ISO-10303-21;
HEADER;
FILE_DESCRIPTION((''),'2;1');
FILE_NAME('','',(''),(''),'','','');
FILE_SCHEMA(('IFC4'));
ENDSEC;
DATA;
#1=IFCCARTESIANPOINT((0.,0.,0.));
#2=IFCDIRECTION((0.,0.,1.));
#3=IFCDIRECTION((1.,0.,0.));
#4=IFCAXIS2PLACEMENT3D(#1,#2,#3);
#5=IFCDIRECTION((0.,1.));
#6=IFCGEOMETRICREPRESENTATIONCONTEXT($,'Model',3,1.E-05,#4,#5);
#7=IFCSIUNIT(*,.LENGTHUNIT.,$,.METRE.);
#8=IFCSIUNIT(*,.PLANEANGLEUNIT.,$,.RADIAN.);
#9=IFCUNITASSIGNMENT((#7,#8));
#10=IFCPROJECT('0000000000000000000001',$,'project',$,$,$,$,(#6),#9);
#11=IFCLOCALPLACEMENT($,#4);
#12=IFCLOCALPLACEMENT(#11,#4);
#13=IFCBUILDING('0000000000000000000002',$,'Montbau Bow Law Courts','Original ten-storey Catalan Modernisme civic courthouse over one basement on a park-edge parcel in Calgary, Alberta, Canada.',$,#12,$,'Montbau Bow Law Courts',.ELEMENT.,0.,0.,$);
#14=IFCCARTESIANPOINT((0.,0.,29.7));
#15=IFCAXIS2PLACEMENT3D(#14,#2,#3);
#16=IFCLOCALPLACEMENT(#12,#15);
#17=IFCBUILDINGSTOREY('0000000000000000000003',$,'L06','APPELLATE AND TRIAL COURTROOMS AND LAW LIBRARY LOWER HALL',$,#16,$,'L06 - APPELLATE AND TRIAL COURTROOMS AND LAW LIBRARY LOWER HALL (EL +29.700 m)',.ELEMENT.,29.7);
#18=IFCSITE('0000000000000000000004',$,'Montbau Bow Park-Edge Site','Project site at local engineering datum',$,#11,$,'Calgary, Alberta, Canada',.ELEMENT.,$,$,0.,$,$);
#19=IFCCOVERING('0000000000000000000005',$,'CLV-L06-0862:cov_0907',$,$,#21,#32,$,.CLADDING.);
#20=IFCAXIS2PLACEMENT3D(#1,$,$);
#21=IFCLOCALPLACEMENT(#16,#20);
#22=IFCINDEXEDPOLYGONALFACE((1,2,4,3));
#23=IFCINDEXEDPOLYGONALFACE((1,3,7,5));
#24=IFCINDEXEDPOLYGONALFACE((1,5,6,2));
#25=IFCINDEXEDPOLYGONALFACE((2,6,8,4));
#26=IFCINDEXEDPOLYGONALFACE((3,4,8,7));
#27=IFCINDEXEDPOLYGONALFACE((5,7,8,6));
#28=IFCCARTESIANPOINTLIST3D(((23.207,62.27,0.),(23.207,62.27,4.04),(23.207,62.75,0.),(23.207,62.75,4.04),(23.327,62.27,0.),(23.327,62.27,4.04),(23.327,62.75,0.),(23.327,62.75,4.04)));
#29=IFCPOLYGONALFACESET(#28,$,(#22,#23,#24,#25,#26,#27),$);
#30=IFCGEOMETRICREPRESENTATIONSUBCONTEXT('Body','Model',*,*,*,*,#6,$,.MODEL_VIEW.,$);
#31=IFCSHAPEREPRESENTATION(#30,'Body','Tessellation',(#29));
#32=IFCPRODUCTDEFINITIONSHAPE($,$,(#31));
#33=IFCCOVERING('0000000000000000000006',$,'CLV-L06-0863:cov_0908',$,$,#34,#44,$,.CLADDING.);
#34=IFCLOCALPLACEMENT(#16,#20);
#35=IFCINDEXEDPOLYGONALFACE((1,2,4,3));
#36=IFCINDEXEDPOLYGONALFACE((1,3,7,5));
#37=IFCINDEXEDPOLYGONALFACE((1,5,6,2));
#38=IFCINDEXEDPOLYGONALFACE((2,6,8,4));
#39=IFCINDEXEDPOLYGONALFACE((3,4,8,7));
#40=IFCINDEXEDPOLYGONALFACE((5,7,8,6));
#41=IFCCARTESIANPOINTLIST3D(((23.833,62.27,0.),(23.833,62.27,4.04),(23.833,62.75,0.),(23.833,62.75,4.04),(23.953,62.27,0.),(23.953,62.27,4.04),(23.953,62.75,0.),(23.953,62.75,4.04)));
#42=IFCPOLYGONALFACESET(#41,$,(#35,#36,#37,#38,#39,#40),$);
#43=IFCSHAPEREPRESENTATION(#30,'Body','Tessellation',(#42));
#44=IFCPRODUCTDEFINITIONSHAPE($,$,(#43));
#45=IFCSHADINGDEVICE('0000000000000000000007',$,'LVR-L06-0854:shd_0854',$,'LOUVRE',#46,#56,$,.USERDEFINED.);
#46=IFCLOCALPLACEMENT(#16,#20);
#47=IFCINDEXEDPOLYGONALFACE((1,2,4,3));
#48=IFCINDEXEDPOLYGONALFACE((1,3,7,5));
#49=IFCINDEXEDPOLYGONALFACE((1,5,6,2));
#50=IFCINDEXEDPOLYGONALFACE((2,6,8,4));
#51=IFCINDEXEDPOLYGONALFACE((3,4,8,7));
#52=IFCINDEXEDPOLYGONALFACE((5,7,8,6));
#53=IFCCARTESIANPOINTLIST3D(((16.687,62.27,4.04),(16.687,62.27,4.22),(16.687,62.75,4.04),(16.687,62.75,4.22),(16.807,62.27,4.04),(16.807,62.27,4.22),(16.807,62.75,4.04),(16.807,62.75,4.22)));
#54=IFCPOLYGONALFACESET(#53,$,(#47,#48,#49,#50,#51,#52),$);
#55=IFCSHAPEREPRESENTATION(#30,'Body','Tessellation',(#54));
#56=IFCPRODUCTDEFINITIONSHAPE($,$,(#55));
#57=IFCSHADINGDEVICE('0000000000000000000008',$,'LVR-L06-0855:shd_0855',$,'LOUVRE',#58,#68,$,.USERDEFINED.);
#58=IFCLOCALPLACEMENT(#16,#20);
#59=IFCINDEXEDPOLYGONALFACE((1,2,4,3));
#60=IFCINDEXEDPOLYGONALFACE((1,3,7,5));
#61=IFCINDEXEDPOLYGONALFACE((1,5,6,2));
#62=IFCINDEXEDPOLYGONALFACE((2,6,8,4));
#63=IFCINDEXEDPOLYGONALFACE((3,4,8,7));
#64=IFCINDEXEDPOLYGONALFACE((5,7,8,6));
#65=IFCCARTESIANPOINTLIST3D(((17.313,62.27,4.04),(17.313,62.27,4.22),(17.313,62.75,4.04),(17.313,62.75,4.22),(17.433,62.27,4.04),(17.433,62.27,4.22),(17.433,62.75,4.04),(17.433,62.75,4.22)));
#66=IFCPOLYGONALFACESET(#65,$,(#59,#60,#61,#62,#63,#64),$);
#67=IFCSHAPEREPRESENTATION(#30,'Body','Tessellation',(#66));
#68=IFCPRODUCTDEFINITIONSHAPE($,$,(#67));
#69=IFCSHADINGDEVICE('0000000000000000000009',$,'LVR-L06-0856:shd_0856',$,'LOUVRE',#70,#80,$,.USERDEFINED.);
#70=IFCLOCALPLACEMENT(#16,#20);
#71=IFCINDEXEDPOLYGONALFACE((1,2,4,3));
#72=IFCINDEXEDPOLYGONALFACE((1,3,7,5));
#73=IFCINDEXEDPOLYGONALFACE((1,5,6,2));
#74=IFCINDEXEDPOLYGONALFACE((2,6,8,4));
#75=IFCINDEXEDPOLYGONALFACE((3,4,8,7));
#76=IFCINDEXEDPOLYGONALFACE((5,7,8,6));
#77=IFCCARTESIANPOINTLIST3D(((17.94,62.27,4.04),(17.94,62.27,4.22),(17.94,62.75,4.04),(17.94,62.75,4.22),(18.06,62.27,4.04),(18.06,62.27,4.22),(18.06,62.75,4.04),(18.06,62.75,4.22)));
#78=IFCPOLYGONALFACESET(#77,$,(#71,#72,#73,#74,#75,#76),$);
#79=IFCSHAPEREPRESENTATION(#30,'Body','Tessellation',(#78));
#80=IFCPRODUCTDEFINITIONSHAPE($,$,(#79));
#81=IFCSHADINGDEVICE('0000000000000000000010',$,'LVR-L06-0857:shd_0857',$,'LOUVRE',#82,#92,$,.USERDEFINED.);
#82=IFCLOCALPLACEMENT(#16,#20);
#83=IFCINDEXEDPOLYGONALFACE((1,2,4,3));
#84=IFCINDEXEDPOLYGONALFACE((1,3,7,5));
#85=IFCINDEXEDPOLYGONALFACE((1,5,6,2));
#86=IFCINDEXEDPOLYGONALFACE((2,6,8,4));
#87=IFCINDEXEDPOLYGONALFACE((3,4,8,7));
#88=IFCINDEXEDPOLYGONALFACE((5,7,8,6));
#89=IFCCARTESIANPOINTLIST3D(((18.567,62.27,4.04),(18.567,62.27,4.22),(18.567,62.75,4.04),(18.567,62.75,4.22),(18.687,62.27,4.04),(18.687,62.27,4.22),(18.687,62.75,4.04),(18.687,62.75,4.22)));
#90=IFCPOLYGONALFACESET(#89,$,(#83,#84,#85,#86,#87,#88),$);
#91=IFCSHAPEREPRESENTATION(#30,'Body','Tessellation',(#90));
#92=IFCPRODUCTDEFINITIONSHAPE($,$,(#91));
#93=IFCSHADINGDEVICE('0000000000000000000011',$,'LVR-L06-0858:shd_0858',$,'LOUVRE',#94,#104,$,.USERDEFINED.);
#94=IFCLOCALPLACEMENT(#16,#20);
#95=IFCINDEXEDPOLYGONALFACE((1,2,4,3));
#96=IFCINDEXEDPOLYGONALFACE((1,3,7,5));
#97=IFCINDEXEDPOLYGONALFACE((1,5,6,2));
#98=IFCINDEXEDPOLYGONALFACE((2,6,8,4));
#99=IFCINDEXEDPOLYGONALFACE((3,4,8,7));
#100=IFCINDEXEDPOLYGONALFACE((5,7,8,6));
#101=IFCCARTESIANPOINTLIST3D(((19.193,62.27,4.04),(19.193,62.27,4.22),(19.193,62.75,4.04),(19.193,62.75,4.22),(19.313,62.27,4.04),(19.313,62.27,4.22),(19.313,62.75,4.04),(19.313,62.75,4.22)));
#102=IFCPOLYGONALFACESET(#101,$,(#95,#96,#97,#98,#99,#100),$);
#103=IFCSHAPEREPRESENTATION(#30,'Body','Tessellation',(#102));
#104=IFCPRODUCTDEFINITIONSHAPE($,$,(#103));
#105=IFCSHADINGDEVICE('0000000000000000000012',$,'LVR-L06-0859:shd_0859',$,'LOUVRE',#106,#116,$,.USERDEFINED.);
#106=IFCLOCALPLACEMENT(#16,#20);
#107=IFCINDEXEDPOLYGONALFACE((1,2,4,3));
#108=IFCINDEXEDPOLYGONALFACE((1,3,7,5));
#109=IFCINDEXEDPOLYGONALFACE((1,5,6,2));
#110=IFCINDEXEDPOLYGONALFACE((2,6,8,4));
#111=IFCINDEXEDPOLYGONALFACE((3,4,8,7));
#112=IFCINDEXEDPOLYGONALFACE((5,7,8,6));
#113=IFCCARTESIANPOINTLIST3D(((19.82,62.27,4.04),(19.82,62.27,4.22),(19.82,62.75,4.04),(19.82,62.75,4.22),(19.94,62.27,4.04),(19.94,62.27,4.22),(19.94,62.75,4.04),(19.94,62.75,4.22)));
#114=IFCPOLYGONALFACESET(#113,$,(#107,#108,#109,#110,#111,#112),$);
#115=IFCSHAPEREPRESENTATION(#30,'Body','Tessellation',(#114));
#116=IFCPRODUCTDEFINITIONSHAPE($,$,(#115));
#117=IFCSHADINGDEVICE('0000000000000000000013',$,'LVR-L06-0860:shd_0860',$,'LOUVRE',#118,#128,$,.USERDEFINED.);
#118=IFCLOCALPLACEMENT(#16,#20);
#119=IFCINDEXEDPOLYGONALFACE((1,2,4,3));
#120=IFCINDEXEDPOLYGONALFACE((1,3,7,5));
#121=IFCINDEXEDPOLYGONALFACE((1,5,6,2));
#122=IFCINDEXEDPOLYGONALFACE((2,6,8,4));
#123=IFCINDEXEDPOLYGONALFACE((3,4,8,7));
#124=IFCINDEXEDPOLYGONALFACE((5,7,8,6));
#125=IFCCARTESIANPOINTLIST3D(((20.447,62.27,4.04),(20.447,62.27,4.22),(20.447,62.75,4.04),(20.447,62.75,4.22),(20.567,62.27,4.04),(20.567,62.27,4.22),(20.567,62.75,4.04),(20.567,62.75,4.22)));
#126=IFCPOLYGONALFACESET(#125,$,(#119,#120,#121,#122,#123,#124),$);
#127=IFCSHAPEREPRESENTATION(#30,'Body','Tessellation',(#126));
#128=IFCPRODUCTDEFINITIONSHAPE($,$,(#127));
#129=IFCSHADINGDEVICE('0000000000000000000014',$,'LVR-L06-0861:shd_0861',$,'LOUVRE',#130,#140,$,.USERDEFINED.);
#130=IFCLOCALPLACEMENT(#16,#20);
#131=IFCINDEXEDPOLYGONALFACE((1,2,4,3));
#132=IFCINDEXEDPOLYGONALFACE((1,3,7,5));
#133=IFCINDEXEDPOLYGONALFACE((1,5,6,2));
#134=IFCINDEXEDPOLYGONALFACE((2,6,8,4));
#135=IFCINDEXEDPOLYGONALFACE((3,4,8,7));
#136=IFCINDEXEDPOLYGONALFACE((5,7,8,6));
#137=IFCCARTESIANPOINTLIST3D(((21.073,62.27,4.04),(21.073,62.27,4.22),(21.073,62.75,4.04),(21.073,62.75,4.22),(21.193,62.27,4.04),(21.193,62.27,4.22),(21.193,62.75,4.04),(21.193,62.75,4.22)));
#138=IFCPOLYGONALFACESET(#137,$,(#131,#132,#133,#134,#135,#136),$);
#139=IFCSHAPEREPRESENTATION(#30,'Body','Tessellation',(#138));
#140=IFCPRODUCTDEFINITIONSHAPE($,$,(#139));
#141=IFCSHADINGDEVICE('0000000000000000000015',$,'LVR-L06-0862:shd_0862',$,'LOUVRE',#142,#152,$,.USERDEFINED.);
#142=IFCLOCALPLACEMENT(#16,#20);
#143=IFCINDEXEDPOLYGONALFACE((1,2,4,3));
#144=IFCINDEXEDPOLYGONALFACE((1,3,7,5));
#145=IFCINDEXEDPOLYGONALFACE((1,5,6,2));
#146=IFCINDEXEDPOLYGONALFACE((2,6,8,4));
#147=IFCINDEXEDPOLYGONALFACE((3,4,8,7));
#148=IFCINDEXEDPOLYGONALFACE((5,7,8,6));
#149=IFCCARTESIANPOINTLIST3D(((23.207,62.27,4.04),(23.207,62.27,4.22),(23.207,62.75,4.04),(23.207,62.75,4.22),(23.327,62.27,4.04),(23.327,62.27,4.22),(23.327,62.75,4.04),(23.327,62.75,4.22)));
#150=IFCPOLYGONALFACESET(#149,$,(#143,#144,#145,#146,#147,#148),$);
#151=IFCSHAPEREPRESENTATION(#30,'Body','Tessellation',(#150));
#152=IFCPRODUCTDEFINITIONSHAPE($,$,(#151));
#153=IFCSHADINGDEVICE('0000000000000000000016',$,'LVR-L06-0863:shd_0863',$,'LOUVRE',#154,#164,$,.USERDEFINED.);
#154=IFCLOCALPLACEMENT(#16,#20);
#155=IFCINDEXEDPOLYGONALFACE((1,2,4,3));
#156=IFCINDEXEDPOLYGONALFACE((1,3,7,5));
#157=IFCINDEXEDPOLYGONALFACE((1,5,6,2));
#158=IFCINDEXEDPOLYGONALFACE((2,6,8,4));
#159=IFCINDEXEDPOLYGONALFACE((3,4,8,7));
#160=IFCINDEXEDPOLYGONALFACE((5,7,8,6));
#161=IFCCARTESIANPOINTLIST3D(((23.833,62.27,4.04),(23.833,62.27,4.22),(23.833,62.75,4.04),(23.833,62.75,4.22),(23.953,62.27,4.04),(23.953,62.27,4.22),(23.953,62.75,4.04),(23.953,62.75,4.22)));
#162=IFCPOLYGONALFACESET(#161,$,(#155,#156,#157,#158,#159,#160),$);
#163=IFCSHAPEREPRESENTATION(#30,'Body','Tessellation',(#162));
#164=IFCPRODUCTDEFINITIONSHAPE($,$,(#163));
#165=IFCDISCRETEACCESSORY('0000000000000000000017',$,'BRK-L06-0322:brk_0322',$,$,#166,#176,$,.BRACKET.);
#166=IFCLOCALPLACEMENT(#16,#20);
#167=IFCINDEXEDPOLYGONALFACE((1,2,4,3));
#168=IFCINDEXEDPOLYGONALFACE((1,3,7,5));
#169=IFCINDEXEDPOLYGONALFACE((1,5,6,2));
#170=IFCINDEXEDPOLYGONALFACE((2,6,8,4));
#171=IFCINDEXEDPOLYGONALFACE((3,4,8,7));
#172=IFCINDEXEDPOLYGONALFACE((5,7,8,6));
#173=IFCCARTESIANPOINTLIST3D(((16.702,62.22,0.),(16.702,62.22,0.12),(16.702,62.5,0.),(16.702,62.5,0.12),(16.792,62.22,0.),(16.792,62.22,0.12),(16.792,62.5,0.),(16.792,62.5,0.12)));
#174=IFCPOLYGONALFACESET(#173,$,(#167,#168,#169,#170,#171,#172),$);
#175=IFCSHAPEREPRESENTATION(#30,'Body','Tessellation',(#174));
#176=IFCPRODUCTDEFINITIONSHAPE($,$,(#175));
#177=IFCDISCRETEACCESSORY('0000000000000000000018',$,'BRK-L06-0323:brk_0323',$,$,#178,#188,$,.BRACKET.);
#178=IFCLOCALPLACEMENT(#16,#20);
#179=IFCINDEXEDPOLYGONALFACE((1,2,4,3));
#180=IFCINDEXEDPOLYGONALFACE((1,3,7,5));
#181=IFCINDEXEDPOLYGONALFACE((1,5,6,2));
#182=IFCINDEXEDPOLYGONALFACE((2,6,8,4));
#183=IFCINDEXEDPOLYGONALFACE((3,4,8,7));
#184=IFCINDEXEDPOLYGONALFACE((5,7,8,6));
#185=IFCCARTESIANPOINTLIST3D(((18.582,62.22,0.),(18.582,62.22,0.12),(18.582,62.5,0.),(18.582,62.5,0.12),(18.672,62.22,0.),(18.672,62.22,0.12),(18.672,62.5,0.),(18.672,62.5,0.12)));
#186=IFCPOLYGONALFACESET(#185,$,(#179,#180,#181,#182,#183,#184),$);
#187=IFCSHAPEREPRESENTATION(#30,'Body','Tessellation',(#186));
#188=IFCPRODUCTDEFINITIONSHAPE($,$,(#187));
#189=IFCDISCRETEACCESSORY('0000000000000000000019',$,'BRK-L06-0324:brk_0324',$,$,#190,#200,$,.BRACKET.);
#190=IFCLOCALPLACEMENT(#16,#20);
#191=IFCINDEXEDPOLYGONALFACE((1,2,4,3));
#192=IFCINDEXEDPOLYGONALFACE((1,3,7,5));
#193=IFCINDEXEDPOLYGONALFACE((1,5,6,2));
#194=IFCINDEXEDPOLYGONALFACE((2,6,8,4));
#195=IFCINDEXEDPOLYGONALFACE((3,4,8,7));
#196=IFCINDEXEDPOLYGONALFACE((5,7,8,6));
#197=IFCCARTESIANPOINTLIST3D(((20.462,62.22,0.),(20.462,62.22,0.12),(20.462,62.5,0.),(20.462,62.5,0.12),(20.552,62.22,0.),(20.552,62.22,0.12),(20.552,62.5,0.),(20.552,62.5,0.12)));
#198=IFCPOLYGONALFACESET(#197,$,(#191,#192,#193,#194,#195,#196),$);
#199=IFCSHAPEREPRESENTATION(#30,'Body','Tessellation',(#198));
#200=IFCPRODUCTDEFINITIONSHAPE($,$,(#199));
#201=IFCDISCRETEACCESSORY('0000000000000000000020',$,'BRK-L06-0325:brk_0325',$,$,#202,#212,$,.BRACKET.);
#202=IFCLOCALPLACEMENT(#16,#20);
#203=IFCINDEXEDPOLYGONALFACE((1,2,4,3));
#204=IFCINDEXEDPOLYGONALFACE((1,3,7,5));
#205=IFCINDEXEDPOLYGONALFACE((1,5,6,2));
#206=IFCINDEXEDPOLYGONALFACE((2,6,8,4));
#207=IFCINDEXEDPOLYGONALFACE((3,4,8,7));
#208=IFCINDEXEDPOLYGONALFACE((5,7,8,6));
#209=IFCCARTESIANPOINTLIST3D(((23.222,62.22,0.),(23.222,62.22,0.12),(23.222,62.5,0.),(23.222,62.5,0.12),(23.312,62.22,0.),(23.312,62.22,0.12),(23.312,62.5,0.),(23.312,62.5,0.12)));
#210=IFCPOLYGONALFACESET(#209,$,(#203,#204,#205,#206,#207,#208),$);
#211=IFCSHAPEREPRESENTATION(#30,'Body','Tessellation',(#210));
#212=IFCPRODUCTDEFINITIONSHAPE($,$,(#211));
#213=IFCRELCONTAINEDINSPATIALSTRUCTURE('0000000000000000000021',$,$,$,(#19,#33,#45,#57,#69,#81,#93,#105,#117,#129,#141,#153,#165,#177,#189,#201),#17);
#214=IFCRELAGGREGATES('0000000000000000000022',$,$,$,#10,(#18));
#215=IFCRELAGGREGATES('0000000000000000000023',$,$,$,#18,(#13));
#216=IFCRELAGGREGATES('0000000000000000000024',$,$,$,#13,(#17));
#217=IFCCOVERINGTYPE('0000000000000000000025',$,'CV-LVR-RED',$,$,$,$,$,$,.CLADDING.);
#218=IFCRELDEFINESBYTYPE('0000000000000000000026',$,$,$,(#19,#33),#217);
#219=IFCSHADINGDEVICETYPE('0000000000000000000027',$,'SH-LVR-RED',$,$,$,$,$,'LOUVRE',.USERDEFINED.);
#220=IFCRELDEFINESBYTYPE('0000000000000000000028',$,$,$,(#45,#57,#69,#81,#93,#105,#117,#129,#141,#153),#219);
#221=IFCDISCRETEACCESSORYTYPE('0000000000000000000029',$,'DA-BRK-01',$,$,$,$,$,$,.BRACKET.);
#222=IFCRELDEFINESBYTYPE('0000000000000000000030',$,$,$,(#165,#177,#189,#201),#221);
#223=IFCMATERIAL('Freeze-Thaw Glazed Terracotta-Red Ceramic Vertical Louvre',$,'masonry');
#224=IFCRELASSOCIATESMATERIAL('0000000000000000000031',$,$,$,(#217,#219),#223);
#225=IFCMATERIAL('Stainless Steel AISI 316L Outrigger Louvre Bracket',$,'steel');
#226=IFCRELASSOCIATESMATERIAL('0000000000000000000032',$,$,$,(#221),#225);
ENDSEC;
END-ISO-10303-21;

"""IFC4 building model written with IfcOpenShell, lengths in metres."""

from ifc_helpers import new_model, si_unit, direction, frame, frame_2d, origin_with_axes, origin_2d_with_axis, place, context, subcontext, project, spatial, rectangle, extrude, material, type_object, element, save


model = new_model("IFC4")

# Units and contexts
model_context = context("Model", 3, precision=1e-05, world=origin_with_axes(), true_north=direction((0.0, 1.0)))
body_context = subcontext(model_context, "Body", "Model", "MODEL_VIEW")
ifc_project = project(units=[si_unit("LENGTHUNIT", "METRE"), si_unit("PLANEANGLEUNIT", "RADIAN")], contexts=[model_context])

# Site, building, storey
site_placement = place(None, origin_with_axes())
site = spatial("IfcSite", under=ifc_project, at=site_placement, Name="Montbau Bow Park-Edge Site", Description="Project site at local engineering datum", LongName="Calgary, Alberta, Canada", CompositionType="ELEMENT", RefElevation=0.0)
building_placement = place(site_placement, origin_with_axes())
building = spatial("IfcBuilding", under=site, at=building_placement, Name="Montbau Bow Law Courts", Description="Original ten-storey Catalan Modernisme civic courthouse over one basement on a park-edge parcel in Calgary, Alberta, Canada.", LongName="Montbau Bow Law Courts", CompositionType="ELEMENT", ElevationOfRefHeight=0.0, ElevationOfTerrain=0.0)
storey_placement = place(building_placement, frame((0.0, 0.0, 29.7), z_axis=(0.0, 0.0, 1.0), x_axis=(1.0, 0.0, 0.0)))
storey = spatial("IfcBuildingStorey", under=building, at=storey_placement, Name="L06", Description="APPELLATE AND TRIAL COURTROOMS AND LAW LIBRARY LOWER HALL", LongName="L06 - APPELLATE AND TRIAL COURTROOMS AND LAW LIBRARY LOWER HALL (EL +29.700 m)", CompositionType="ELEMENT", Elevation=29.7)

# Coverings
ifc_material_1 = material(Name="Freeze-Thaw Glazed Terracotta-Red Ceramic Vertical Louvre", Category="masonry")
covering_type = type_object("IfcCoveringType", Name="CV-LVR-RED", PredefinedType="CLADDING", material=ifc_material_1)
for number, where, z_axis, x_axis, name in (
    (1, (23.267, 62.27, 29.7), (1.0, 0.0, 0.0), (0.0, 1.0, 0.0), "CLV-L06-0862:cov_0907"),
    (2, (23.893, 62.27, 29.7), (1.0, 0.0, 0.0), (0.0, 1.0, 0.0), "CLV-L06-0863:cov_0908"),
):
    element("IfcCovering", number, at=place(None, frame(where, z_axis=z_axis, x_axis=x_axis)), inside=storey, type_object=covering_type, Name=name, PredefinedType="CLADDING", context=body_context, shape_type="SweptSolid", body=[
        extrude(rectangle(XDim=0.48, YDim=4.04, at=frame_2d((0.24, 2.02), x_axis=(1.0, 0.0))), frame((0.0, 0.0, -0.06), z_axis=(0.0, 0.0, 1.0), x_axis=(1.0, 0.0, 0.0)), (0.0, 0.0, 1.0), 0.12),
    ])

# Shading devices
shading_device_type = type_object("IfcShadingDeviceType", Name="SH-LVR-RED", ElementType="LOUVRE", PredefinedType="USERDEFINED", material=ifc_material_1)
for number, where, z_axis, x_axis, name in (
    (3, (16.747, 62.51, 33.74), (0.0, 0.0, 1.0), (0.0, 1.0, 0.0), "LVR-L06-0854:shd_0854"),
    (4, (17.373, 62.51, 33.74), (0.0, 0.0, 1.0), (0.0, 1.0, 0.0), "LVR-L06-0855:shd_0855"),
    (5, (18.0, 62.51, 33.74), (0.0, 0.0, 1.0), (0.0, 1.0, 0.0), "LVR-L06-0856:shd_0856"),
    (6, (18.627, 62.51, 33.74), (0.0, 0.0, 1.0), (0.0, 1.0, 0.0), "LVR-L06-0857:shd_0857"),
    (7, (19.253, 62.51, 33.74), (0.0, 0.0, 1.0), (0.0, 1.0, 0.0), "LVR-L06-0858:shd_0858"),
    (8, (19.88, 62.51, 33.74), (0.0, 0.0, 1.0), (0.0, 1.0, 0.0), "LVR-L06-0859:shd_0859"),
    (9, (20.507, 62.51, 33.74), (0.0, 0.0, 1.0), (0.0, 1.0, 0.0), "LVR-L06-0860:shd_0860"),
    (10, (21.133, 62.51, 33.74), (0.0, 0.0, 1.0), (0.0, 1.0, 0.0), "LVR-L06-0861:shd_0861"),
    (11, (23.267, 62.51, 33.74), (0.0, 0.0, 1.0), (0.0, 1.0, 0.0), "LVR-L06-0862:shd_0862"),
    (12, (23.893, 62.51, 33.74), (0.0, 0.0, 1.0), (0.0, 1.0, 0.0), "LVR-L06-0863:shd_0863"),
):
    element("IfcShadingDevice", number, at=place(None, frame(where, z_axis=z_axis, x_axis=x_axis)), inside=storey, type_object=shading_device_type, Name=name, ObjectType="LOUVRE", PredefinedType="USERDEFINED", context=body_context, shape_type="SweptSolid", body=[
        extrude(rectangle(XDim=0.48, YDim=0.12, at=origin_2d_with_axis()), origin_with_axes(), (0.0, 0.0, 1.0), 0.18),
    ])

# Discrete accessories
ifc_material_2 = material(Name="Stainless Steel AISI 316L Outrigger Louvre Bracket", Category="steel")
discrete_accessory_type = type_object("IfcDiscreteAccessoryType", Name="DA-BRK-01", PredefinedType="BRACKET", material=ifc_material_2)
for number, where, z_axis, x_axis, name in (
    (13, (16.747, 62.36, 29.7), (0.0, 0.0, 1.0), (0.0, 1.0, 0.0), "BRK-L06-0322:brk_0322"),
    (14, (18.627, 62.36, 29.7), (0.0, 0.0, 1.0), (0.0, 1.0, 0.0), "BRK-L06-0323:brk_0323"),
    (15, (20.507, 62.36, 29.7), (0.0, 0.0, 1.0), (0.0, 1.0, 0.0), "BRK-L06-0324:brk_0324"),
    (16, (23.267, 62.36, 29.7), (0.0, 0.0, 1.0), (0.0, 1.0, 0.0), "BRK-L06-0325:brk_0325"),
):
    element("IfcDiscreteAccessory", number, at=place(None, frame(where, z_axis=z_axis, x_axis=x_axis)), inside=storey, type_object=discrete_accessory_type, Name=name, PredefinedType="BRACKET", context=body_context, shape_type="SweptSolid", body=[
        extrude(rectangle(XDim=0.28, YDim=0.09, at=origin_2d_with_axis()), origin_with_axes(), (0.0, 0.0, 1.0), 0.12),
    ])

save(model, "model.ifc")
